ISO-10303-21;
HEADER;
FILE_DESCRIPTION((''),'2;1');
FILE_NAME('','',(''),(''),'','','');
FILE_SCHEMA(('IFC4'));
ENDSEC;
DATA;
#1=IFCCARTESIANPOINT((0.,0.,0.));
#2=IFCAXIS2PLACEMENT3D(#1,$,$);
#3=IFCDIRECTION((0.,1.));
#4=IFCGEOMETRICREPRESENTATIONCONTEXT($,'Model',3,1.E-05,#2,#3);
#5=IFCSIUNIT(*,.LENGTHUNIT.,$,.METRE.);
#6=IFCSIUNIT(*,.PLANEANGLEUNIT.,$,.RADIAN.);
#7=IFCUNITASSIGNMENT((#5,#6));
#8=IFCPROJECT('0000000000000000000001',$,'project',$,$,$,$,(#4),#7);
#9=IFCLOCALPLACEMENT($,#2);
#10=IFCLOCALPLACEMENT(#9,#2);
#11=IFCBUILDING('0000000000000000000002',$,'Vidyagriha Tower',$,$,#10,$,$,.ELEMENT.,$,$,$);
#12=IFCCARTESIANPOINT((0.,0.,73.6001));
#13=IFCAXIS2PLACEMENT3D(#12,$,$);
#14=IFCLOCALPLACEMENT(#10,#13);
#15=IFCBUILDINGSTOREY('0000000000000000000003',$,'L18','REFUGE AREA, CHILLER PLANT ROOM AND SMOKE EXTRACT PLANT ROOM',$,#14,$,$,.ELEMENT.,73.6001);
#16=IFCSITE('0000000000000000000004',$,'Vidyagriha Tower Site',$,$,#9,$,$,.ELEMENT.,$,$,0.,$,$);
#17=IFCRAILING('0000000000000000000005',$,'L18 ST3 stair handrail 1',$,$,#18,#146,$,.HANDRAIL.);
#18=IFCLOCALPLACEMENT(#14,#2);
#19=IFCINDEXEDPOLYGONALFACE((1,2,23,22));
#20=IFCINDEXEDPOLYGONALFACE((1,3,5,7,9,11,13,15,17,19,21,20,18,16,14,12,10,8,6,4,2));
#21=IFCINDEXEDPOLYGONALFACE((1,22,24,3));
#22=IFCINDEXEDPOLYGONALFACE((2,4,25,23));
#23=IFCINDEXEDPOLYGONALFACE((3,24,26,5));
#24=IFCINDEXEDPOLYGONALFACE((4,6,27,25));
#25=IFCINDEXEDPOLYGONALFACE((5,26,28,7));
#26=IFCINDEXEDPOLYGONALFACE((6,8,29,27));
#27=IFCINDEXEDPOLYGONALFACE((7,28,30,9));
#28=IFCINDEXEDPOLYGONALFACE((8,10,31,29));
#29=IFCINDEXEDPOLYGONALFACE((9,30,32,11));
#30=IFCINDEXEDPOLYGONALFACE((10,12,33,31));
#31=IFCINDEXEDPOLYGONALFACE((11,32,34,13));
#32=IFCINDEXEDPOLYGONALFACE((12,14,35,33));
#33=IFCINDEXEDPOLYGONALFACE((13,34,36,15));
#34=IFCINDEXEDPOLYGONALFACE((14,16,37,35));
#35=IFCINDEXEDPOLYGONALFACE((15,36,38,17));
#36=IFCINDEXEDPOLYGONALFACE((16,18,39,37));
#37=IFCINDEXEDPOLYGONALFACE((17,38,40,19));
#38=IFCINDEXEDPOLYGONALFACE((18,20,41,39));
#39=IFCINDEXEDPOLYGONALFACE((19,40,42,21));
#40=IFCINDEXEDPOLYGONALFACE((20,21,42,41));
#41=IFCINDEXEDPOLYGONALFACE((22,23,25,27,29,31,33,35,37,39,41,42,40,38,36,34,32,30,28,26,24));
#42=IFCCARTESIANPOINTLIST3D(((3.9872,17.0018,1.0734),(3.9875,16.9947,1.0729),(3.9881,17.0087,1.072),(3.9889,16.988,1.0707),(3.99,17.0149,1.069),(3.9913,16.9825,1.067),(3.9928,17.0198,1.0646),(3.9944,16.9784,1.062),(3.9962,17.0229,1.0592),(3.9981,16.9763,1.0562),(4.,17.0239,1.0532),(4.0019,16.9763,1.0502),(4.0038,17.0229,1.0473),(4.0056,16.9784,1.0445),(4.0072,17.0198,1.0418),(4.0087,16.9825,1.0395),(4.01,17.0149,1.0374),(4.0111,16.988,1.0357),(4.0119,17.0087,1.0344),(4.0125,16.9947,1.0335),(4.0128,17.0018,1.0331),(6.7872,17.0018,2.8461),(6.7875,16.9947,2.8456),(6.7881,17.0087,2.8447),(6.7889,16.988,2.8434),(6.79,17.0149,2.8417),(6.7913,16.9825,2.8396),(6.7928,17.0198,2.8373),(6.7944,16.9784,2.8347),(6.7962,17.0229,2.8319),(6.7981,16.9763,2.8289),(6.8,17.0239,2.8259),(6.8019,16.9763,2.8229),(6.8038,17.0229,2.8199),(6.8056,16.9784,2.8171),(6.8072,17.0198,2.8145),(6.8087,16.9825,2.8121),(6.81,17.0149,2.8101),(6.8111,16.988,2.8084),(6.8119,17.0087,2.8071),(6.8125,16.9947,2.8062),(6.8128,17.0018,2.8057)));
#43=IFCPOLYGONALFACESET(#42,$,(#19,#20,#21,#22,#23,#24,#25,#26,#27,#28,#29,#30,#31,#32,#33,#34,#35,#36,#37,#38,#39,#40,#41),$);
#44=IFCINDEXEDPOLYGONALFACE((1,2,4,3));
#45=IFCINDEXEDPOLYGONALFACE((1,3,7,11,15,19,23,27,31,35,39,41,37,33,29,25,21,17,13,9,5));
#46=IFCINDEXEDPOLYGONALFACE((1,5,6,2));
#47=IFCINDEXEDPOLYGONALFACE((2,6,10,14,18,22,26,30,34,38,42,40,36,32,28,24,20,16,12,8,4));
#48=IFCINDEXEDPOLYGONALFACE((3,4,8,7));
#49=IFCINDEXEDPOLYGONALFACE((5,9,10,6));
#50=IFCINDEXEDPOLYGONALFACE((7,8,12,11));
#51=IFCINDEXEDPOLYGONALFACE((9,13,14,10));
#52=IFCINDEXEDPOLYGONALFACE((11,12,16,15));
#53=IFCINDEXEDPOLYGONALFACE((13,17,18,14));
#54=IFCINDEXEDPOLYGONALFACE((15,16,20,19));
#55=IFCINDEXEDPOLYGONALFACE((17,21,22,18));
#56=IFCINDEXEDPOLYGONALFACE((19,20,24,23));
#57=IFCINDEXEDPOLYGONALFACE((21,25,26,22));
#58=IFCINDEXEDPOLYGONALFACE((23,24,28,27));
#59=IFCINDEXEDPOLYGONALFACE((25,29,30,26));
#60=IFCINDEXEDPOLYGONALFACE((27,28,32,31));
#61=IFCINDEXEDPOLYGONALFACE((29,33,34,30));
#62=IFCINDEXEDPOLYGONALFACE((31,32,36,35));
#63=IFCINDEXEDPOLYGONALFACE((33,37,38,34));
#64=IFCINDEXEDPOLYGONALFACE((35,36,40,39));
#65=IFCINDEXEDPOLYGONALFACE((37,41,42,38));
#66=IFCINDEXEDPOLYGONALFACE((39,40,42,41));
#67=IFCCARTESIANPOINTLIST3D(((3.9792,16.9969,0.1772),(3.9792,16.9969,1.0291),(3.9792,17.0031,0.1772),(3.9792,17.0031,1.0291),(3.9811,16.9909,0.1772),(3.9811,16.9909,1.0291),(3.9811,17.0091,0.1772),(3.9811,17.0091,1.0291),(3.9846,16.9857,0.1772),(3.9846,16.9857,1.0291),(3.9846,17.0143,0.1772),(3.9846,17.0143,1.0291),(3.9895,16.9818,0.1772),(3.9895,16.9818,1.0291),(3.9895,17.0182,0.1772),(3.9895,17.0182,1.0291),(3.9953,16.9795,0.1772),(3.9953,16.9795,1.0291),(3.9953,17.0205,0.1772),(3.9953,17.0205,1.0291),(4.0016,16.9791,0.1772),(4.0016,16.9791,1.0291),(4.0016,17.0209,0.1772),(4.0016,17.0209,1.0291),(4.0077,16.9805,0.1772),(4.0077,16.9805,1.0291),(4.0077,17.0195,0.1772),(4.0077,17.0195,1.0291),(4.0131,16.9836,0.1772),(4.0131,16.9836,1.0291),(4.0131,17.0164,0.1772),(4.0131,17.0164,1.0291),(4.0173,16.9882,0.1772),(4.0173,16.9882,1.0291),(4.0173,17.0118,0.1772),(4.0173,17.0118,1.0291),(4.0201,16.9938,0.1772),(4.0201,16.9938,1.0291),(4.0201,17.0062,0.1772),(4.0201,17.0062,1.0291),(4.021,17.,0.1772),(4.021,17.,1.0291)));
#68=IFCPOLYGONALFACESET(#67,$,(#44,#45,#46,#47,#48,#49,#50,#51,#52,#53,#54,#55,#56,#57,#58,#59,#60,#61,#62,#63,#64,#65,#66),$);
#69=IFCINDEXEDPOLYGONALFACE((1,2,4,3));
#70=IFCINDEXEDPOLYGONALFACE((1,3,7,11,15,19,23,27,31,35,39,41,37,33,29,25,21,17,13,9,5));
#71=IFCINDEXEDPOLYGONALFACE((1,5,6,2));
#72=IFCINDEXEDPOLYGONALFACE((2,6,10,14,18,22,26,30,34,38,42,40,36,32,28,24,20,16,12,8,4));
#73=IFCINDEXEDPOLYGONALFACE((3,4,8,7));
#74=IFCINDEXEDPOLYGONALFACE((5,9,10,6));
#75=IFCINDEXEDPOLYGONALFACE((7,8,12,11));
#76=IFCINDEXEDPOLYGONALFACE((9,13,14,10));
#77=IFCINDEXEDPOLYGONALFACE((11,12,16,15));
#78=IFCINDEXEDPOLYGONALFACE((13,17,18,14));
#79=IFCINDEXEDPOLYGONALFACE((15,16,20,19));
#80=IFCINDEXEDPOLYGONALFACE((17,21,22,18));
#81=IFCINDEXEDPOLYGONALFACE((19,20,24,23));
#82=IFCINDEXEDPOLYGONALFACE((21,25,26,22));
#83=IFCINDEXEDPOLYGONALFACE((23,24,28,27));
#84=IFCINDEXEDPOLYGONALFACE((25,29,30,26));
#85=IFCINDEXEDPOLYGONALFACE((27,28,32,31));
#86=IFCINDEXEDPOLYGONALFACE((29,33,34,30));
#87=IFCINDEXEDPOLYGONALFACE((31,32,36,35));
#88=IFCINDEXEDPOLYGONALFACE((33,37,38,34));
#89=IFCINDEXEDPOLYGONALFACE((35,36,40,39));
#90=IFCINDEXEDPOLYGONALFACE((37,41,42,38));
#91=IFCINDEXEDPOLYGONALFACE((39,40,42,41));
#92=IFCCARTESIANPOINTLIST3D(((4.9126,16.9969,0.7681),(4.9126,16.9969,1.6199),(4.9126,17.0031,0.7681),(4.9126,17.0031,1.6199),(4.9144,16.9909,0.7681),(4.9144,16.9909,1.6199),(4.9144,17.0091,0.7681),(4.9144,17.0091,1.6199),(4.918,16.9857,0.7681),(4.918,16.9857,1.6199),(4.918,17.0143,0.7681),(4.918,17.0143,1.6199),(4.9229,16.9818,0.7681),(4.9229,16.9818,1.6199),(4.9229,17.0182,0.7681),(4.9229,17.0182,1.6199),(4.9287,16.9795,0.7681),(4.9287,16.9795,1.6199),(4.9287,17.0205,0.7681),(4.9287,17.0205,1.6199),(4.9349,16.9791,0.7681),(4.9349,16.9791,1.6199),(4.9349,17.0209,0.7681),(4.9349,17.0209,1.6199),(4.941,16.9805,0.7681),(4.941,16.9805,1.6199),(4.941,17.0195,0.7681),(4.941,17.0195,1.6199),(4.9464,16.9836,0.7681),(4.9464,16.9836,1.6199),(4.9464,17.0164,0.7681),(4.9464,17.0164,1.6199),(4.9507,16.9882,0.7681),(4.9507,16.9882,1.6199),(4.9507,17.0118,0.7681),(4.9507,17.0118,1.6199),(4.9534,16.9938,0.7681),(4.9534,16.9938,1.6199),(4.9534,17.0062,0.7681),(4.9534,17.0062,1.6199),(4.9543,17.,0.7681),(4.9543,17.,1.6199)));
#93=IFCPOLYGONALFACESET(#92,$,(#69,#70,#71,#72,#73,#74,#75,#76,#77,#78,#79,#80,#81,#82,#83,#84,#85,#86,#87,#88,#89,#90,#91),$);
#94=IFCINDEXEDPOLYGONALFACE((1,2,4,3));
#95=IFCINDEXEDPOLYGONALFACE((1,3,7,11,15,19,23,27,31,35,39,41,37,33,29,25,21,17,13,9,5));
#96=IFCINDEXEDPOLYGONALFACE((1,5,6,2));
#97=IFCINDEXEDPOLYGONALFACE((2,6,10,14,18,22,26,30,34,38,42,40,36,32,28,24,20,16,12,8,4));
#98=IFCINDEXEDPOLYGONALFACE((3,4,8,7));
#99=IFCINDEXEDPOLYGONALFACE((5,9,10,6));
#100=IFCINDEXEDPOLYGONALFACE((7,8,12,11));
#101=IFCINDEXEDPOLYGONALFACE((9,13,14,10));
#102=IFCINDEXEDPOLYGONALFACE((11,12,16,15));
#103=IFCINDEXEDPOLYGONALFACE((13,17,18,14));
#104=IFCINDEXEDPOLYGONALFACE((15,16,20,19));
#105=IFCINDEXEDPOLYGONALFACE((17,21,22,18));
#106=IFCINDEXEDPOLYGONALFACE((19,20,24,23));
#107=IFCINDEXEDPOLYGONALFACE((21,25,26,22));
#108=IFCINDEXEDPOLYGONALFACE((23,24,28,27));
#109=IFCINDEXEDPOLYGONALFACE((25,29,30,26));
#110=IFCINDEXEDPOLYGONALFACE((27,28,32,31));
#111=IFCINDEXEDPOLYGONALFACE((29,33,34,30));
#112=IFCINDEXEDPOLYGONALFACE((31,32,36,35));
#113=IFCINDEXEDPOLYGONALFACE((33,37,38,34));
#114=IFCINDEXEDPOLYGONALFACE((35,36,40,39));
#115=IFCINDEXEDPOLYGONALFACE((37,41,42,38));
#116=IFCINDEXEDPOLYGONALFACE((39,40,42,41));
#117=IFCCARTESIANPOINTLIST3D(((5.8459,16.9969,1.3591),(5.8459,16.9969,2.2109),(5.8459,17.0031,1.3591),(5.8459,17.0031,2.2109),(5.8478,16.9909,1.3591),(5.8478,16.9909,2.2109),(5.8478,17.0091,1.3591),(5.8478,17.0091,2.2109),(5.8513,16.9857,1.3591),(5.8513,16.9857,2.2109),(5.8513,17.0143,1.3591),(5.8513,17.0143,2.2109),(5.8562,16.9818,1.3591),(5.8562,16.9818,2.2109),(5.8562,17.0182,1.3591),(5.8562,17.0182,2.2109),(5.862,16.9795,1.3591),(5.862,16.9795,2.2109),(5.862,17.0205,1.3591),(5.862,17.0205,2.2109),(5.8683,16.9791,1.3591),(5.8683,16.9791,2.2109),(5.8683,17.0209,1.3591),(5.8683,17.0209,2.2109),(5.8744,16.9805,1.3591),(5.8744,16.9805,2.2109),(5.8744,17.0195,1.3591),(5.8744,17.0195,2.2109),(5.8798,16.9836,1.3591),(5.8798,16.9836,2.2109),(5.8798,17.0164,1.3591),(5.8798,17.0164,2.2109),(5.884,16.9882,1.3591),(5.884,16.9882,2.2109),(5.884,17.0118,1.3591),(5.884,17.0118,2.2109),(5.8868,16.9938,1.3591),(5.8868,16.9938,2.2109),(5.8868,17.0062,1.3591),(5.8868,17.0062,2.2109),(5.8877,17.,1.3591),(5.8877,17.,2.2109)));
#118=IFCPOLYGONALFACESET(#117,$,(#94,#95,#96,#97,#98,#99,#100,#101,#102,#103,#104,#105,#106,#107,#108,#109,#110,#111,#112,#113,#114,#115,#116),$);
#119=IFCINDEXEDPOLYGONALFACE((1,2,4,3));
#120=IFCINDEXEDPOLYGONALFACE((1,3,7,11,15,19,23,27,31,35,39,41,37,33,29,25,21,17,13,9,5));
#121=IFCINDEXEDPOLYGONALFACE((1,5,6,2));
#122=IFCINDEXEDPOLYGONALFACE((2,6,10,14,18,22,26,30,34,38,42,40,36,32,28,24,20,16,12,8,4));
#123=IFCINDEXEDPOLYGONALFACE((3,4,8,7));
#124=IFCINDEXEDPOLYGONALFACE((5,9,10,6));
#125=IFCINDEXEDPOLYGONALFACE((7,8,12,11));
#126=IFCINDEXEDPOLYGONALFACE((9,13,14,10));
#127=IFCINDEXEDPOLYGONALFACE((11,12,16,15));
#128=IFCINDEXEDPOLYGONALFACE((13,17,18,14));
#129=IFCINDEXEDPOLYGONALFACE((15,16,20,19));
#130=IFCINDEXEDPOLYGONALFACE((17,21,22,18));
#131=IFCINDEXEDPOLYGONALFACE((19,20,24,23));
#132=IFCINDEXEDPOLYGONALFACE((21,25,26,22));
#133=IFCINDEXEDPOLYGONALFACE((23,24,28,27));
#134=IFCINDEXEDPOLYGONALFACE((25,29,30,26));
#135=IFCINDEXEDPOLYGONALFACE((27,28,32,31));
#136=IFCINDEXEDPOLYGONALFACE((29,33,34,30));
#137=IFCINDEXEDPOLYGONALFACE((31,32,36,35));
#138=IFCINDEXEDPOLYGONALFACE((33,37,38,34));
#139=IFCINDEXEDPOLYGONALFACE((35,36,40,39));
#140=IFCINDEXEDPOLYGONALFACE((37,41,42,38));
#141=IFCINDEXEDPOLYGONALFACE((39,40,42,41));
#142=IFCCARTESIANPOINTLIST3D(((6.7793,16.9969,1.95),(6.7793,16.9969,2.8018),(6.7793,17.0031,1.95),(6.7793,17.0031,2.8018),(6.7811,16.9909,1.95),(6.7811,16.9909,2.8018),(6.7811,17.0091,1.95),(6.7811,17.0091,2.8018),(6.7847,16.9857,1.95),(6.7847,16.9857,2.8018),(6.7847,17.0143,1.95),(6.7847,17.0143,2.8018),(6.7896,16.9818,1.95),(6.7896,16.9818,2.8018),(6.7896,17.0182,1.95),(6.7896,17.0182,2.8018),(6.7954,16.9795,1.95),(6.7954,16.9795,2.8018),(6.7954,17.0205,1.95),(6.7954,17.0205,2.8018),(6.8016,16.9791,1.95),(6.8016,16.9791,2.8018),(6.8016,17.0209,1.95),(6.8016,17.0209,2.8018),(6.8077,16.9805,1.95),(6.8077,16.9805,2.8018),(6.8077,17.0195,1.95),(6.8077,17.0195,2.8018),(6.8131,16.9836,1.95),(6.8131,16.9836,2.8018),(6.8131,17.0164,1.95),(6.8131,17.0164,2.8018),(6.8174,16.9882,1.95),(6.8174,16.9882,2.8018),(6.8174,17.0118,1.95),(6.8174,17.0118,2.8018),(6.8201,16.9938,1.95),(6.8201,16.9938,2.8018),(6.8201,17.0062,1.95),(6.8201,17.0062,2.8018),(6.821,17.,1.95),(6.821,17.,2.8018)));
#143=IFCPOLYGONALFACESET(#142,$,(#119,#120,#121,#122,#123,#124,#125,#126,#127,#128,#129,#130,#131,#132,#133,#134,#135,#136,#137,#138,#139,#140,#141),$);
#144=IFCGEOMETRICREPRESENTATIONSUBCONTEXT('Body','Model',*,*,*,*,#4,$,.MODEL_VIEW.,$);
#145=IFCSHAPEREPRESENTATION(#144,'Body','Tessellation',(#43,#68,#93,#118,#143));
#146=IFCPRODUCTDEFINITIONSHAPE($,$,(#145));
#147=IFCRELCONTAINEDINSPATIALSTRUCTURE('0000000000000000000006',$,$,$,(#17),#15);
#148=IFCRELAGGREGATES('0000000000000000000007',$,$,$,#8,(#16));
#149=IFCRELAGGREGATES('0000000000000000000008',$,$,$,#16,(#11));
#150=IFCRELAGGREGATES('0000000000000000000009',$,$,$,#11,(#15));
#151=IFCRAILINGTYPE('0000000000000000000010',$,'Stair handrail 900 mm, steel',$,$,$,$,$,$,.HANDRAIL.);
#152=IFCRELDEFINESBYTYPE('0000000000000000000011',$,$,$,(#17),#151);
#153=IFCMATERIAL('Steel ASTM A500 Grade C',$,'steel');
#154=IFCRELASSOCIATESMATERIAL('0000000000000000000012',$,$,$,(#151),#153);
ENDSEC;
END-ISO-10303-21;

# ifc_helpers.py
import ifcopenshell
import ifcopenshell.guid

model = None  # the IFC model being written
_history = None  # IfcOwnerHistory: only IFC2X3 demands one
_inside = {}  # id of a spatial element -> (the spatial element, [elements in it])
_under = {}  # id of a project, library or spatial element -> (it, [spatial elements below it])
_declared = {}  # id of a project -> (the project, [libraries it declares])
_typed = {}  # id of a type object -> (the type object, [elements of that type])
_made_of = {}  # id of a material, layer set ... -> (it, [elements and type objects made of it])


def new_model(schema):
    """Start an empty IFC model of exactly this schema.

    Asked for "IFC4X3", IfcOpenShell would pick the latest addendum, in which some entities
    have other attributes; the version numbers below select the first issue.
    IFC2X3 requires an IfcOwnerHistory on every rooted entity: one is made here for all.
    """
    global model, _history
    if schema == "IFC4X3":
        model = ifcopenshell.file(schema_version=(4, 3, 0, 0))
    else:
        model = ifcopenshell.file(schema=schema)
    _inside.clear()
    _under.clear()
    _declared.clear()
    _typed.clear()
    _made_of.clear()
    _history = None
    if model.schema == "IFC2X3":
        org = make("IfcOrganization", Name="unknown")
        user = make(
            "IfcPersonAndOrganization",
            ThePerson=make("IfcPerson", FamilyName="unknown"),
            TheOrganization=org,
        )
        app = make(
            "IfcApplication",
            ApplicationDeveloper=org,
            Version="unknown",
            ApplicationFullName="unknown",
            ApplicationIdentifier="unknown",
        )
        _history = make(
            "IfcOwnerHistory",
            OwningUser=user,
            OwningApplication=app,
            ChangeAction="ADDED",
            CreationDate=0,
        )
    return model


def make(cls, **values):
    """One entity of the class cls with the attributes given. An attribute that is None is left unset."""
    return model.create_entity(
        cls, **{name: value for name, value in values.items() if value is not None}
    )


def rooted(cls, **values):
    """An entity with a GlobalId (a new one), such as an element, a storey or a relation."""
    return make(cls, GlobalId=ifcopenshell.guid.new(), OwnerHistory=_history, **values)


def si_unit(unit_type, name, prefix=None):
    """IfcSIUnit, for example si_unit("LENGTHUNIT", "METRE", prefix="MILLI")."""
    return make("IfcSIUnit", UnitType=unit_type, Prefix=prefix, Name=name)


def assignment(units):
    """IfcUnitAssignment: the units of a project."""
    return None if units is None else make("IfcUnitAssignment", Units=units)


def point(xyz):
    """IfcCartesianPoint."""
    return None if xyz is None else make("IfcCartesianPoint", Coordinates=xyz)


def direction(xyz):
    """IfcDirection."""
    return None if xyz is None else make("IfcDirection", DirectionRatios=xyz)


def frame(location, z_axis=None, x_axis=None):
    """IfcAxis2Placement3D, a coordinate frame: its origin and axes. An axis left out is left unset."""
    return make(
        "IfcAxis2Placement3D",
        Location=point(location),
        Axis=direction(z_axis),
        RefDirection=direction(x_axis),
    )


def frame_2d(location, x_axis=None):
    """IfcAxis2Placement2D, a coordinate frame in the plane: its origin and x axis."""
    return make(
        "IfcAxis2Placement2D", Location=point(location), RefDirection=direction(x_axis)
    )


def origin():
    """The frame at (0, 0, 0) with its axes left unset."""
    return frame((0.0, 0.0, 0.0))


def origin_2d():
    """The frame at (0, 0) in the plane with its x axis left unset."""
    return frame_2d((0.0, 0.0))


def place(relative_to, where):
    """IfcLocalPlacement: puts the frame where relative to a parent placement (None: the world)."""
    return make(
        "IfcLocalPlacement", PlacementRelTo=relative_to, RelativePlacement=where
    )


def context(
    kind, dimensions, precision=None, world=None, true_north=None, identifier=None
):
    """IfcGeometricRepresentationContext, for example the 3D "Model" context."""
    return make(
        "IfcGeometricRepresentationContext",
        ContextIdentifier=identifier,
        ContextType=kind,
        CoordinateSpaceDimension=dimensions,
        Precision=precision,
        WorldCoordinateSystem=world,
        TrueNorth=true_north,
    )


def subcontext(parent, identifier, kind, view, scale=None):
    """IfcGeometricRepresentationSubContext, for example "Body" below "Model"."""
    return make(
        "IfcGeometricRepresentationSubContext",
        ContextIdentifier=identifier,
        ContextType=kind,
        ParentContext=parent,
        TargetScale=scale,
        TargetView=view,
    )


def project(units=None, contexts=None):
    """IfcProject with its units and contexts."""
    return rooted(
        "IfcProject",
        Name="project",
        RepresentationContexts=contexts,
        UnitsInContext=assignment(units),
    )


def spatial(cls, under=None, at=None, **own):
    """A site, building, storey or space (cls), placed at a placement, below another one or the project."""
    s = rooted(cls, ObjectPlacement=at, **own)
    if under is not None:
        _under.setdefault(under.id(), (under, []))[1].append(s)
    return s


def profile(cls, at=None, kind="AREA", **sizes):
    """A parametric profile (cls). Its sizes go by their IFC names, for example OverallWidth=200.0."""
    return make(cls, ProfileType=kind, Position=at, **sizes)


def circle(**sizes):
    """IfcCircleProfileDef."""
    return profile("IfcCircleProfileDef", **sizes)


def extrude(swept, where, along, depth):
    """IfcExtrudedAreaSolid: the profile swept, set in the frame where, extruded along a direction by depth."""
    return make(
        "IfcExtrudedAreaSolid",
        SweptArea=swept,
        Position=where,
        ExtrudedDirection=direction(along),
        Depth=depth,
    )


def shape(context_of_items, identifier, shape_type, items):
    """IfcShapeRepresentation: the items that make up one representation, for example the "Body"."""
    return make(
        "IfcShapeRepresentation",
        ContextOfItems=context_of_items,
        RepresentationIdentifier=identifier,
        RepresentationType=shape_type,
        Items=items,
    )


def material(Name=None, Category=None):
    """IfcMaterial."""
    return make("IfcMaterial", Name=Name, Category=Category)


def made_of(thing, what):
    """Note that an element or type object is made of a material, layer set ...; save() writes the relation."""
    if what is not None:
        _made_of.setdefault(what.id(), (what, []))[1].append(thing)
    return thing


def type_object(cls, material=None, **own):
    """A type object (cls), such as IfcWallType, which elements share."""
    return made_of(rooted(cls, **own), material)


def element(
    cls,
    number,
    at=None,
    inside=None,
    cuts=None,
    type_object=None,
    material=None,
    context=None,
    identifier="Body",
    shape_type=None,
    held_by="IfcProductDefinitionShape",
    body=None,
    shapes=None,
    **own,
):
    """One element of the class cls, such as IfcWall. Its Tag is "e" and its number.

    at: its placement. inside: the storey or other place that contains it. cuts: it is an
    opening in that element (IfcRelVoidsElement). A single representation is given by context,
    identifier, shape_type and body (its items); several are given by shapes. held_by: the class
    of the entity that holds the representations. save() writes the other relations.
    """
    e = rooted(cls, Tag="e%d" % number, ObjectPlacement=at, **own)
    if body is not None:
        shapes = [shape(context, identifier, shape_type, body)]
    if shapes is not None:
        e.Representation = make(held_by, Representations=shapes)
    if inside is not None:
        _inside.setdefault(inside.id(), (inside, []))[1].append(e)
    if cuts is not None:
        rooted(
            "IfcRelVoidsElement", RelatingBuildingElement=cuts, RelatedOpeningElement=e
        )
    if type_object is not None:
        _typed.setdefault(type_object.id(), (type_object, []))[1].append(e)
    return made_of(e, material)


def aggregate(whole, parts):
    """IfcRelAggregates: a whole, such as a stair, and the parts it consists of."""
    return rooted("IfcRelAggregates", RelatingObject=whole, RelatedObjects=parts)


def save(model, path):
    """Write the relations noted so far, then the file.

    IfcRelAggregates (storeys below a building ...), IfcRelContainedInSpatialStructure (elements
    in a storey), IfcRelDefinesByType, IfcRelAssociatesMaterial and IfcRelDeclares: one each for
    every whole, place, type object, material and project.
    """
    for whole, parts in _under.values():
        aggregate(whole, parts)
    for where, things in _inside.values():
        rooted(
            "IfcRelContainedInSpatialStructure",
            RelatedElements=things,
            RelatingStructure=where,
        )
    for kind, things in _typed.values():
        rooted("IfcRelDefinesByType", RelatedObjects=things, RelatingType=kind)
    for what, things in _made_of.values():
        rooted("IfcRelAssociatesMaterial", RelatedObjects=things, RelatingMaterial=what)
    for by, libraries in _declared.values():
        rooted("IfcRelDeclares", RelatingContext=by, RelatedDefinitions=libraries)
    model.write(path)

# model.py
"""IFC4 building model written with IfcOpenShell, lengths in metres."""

from ifc_helpers import new_model, si_unit, direction, frame, origin, origin_2d, place, context, subcontext, project, spatial, circle, extrude, material, type_object, element, save


model = new_model("IFC4")

# Units and contexts
model_context = context("Model", 3, precision=1e-05, world=origin(), true_north=direction((0.0, 1.0)))
body_context = subcontext(model_context, "Body", "Model", "MODEL_VIEW")
ifc_project = project(units=[si_unit("LENGTHUNIT", "METRE"), si_unit("PLANEANGLEUNIT", "RADIAN")], contexts=[model_context])

# Site, building, storey
site_placement = place(None, origin())
site = spatial("IfcSite", under=ifc_project, at=site_placement, Name="Vidyagriha Tower Site", CompositionType="ELEMENT", RefElevation=0.0)
building_placement = place(site_placement, origin())
building = spatial("IfcBuilding", under=site, at=building_placement, Name="Vidyagriha Tower", CompositionType="ELEMENT")
storey_placement = place(building_placement, frame((0.0, 0.0, 73.6001)))
storey = spatial("IfcBuildingStorey", under=building, at=storey_placement, Name="L18", Description="REFUGE AREA, CHILLER PLANT ROOM AND SMOKE EXTRACT PLANT ROOM", CompositionType="ELEMENT", Elevation=73.6001)

# Railing
ifc_material_1 = material(Name="Steel ASTM A500 Grade C", Category="steel")
railing_type_1 = type_object("IfcRailingType", Name="Stair handrail 900 mm, steel", PredefinedType="HANDRAIL", material=ifc_material_1)
railing_1_placement = place(storey_placement, frame((4.0, 17.0, 0.1772)))
element("IfcRailing", 1, at=railing_1_placement, inside=storey, type_object=railing_type_1, Name="L18 ST3 stair handrail 1", PredefinedType="HANDRAIL", context=body_context, shape_type="SweptSolid", body=[
    extrude(circle(Radius=0.0239, at=origin_2d()), frame((0.0, 0.0, 0.876), z_axis=(0.844909, 0.0, 0.53491), x_axis=(0.0, 1.0, 0.0)), (0.0, 0.0, 1.0), 3.314),
    extrude(circle(Radius=0.021, at=origin_2d()), origin(), (0.0, 0.0, 1.0), 0.8518),
    extrude(circle(Radius=0.021, at=origin_2d()), frame((0.9333, 0.0, 0.5908)), (0.0, 0.0, 1.0), 0.8518),
    extrude(circle(Radius=0.021, at=origin_2d()), frame((1.8667, 0.0, 1.1819)), (0.0, 0.0, 1.0), 0.8518),
    extrude(circle(Radius=0.021, at=origin_2d()), frame((2.8, 0.0, 1.7727)), (0.0, 0.0, 1.0), 0.8518),
])

save(model, "model.ifc")
